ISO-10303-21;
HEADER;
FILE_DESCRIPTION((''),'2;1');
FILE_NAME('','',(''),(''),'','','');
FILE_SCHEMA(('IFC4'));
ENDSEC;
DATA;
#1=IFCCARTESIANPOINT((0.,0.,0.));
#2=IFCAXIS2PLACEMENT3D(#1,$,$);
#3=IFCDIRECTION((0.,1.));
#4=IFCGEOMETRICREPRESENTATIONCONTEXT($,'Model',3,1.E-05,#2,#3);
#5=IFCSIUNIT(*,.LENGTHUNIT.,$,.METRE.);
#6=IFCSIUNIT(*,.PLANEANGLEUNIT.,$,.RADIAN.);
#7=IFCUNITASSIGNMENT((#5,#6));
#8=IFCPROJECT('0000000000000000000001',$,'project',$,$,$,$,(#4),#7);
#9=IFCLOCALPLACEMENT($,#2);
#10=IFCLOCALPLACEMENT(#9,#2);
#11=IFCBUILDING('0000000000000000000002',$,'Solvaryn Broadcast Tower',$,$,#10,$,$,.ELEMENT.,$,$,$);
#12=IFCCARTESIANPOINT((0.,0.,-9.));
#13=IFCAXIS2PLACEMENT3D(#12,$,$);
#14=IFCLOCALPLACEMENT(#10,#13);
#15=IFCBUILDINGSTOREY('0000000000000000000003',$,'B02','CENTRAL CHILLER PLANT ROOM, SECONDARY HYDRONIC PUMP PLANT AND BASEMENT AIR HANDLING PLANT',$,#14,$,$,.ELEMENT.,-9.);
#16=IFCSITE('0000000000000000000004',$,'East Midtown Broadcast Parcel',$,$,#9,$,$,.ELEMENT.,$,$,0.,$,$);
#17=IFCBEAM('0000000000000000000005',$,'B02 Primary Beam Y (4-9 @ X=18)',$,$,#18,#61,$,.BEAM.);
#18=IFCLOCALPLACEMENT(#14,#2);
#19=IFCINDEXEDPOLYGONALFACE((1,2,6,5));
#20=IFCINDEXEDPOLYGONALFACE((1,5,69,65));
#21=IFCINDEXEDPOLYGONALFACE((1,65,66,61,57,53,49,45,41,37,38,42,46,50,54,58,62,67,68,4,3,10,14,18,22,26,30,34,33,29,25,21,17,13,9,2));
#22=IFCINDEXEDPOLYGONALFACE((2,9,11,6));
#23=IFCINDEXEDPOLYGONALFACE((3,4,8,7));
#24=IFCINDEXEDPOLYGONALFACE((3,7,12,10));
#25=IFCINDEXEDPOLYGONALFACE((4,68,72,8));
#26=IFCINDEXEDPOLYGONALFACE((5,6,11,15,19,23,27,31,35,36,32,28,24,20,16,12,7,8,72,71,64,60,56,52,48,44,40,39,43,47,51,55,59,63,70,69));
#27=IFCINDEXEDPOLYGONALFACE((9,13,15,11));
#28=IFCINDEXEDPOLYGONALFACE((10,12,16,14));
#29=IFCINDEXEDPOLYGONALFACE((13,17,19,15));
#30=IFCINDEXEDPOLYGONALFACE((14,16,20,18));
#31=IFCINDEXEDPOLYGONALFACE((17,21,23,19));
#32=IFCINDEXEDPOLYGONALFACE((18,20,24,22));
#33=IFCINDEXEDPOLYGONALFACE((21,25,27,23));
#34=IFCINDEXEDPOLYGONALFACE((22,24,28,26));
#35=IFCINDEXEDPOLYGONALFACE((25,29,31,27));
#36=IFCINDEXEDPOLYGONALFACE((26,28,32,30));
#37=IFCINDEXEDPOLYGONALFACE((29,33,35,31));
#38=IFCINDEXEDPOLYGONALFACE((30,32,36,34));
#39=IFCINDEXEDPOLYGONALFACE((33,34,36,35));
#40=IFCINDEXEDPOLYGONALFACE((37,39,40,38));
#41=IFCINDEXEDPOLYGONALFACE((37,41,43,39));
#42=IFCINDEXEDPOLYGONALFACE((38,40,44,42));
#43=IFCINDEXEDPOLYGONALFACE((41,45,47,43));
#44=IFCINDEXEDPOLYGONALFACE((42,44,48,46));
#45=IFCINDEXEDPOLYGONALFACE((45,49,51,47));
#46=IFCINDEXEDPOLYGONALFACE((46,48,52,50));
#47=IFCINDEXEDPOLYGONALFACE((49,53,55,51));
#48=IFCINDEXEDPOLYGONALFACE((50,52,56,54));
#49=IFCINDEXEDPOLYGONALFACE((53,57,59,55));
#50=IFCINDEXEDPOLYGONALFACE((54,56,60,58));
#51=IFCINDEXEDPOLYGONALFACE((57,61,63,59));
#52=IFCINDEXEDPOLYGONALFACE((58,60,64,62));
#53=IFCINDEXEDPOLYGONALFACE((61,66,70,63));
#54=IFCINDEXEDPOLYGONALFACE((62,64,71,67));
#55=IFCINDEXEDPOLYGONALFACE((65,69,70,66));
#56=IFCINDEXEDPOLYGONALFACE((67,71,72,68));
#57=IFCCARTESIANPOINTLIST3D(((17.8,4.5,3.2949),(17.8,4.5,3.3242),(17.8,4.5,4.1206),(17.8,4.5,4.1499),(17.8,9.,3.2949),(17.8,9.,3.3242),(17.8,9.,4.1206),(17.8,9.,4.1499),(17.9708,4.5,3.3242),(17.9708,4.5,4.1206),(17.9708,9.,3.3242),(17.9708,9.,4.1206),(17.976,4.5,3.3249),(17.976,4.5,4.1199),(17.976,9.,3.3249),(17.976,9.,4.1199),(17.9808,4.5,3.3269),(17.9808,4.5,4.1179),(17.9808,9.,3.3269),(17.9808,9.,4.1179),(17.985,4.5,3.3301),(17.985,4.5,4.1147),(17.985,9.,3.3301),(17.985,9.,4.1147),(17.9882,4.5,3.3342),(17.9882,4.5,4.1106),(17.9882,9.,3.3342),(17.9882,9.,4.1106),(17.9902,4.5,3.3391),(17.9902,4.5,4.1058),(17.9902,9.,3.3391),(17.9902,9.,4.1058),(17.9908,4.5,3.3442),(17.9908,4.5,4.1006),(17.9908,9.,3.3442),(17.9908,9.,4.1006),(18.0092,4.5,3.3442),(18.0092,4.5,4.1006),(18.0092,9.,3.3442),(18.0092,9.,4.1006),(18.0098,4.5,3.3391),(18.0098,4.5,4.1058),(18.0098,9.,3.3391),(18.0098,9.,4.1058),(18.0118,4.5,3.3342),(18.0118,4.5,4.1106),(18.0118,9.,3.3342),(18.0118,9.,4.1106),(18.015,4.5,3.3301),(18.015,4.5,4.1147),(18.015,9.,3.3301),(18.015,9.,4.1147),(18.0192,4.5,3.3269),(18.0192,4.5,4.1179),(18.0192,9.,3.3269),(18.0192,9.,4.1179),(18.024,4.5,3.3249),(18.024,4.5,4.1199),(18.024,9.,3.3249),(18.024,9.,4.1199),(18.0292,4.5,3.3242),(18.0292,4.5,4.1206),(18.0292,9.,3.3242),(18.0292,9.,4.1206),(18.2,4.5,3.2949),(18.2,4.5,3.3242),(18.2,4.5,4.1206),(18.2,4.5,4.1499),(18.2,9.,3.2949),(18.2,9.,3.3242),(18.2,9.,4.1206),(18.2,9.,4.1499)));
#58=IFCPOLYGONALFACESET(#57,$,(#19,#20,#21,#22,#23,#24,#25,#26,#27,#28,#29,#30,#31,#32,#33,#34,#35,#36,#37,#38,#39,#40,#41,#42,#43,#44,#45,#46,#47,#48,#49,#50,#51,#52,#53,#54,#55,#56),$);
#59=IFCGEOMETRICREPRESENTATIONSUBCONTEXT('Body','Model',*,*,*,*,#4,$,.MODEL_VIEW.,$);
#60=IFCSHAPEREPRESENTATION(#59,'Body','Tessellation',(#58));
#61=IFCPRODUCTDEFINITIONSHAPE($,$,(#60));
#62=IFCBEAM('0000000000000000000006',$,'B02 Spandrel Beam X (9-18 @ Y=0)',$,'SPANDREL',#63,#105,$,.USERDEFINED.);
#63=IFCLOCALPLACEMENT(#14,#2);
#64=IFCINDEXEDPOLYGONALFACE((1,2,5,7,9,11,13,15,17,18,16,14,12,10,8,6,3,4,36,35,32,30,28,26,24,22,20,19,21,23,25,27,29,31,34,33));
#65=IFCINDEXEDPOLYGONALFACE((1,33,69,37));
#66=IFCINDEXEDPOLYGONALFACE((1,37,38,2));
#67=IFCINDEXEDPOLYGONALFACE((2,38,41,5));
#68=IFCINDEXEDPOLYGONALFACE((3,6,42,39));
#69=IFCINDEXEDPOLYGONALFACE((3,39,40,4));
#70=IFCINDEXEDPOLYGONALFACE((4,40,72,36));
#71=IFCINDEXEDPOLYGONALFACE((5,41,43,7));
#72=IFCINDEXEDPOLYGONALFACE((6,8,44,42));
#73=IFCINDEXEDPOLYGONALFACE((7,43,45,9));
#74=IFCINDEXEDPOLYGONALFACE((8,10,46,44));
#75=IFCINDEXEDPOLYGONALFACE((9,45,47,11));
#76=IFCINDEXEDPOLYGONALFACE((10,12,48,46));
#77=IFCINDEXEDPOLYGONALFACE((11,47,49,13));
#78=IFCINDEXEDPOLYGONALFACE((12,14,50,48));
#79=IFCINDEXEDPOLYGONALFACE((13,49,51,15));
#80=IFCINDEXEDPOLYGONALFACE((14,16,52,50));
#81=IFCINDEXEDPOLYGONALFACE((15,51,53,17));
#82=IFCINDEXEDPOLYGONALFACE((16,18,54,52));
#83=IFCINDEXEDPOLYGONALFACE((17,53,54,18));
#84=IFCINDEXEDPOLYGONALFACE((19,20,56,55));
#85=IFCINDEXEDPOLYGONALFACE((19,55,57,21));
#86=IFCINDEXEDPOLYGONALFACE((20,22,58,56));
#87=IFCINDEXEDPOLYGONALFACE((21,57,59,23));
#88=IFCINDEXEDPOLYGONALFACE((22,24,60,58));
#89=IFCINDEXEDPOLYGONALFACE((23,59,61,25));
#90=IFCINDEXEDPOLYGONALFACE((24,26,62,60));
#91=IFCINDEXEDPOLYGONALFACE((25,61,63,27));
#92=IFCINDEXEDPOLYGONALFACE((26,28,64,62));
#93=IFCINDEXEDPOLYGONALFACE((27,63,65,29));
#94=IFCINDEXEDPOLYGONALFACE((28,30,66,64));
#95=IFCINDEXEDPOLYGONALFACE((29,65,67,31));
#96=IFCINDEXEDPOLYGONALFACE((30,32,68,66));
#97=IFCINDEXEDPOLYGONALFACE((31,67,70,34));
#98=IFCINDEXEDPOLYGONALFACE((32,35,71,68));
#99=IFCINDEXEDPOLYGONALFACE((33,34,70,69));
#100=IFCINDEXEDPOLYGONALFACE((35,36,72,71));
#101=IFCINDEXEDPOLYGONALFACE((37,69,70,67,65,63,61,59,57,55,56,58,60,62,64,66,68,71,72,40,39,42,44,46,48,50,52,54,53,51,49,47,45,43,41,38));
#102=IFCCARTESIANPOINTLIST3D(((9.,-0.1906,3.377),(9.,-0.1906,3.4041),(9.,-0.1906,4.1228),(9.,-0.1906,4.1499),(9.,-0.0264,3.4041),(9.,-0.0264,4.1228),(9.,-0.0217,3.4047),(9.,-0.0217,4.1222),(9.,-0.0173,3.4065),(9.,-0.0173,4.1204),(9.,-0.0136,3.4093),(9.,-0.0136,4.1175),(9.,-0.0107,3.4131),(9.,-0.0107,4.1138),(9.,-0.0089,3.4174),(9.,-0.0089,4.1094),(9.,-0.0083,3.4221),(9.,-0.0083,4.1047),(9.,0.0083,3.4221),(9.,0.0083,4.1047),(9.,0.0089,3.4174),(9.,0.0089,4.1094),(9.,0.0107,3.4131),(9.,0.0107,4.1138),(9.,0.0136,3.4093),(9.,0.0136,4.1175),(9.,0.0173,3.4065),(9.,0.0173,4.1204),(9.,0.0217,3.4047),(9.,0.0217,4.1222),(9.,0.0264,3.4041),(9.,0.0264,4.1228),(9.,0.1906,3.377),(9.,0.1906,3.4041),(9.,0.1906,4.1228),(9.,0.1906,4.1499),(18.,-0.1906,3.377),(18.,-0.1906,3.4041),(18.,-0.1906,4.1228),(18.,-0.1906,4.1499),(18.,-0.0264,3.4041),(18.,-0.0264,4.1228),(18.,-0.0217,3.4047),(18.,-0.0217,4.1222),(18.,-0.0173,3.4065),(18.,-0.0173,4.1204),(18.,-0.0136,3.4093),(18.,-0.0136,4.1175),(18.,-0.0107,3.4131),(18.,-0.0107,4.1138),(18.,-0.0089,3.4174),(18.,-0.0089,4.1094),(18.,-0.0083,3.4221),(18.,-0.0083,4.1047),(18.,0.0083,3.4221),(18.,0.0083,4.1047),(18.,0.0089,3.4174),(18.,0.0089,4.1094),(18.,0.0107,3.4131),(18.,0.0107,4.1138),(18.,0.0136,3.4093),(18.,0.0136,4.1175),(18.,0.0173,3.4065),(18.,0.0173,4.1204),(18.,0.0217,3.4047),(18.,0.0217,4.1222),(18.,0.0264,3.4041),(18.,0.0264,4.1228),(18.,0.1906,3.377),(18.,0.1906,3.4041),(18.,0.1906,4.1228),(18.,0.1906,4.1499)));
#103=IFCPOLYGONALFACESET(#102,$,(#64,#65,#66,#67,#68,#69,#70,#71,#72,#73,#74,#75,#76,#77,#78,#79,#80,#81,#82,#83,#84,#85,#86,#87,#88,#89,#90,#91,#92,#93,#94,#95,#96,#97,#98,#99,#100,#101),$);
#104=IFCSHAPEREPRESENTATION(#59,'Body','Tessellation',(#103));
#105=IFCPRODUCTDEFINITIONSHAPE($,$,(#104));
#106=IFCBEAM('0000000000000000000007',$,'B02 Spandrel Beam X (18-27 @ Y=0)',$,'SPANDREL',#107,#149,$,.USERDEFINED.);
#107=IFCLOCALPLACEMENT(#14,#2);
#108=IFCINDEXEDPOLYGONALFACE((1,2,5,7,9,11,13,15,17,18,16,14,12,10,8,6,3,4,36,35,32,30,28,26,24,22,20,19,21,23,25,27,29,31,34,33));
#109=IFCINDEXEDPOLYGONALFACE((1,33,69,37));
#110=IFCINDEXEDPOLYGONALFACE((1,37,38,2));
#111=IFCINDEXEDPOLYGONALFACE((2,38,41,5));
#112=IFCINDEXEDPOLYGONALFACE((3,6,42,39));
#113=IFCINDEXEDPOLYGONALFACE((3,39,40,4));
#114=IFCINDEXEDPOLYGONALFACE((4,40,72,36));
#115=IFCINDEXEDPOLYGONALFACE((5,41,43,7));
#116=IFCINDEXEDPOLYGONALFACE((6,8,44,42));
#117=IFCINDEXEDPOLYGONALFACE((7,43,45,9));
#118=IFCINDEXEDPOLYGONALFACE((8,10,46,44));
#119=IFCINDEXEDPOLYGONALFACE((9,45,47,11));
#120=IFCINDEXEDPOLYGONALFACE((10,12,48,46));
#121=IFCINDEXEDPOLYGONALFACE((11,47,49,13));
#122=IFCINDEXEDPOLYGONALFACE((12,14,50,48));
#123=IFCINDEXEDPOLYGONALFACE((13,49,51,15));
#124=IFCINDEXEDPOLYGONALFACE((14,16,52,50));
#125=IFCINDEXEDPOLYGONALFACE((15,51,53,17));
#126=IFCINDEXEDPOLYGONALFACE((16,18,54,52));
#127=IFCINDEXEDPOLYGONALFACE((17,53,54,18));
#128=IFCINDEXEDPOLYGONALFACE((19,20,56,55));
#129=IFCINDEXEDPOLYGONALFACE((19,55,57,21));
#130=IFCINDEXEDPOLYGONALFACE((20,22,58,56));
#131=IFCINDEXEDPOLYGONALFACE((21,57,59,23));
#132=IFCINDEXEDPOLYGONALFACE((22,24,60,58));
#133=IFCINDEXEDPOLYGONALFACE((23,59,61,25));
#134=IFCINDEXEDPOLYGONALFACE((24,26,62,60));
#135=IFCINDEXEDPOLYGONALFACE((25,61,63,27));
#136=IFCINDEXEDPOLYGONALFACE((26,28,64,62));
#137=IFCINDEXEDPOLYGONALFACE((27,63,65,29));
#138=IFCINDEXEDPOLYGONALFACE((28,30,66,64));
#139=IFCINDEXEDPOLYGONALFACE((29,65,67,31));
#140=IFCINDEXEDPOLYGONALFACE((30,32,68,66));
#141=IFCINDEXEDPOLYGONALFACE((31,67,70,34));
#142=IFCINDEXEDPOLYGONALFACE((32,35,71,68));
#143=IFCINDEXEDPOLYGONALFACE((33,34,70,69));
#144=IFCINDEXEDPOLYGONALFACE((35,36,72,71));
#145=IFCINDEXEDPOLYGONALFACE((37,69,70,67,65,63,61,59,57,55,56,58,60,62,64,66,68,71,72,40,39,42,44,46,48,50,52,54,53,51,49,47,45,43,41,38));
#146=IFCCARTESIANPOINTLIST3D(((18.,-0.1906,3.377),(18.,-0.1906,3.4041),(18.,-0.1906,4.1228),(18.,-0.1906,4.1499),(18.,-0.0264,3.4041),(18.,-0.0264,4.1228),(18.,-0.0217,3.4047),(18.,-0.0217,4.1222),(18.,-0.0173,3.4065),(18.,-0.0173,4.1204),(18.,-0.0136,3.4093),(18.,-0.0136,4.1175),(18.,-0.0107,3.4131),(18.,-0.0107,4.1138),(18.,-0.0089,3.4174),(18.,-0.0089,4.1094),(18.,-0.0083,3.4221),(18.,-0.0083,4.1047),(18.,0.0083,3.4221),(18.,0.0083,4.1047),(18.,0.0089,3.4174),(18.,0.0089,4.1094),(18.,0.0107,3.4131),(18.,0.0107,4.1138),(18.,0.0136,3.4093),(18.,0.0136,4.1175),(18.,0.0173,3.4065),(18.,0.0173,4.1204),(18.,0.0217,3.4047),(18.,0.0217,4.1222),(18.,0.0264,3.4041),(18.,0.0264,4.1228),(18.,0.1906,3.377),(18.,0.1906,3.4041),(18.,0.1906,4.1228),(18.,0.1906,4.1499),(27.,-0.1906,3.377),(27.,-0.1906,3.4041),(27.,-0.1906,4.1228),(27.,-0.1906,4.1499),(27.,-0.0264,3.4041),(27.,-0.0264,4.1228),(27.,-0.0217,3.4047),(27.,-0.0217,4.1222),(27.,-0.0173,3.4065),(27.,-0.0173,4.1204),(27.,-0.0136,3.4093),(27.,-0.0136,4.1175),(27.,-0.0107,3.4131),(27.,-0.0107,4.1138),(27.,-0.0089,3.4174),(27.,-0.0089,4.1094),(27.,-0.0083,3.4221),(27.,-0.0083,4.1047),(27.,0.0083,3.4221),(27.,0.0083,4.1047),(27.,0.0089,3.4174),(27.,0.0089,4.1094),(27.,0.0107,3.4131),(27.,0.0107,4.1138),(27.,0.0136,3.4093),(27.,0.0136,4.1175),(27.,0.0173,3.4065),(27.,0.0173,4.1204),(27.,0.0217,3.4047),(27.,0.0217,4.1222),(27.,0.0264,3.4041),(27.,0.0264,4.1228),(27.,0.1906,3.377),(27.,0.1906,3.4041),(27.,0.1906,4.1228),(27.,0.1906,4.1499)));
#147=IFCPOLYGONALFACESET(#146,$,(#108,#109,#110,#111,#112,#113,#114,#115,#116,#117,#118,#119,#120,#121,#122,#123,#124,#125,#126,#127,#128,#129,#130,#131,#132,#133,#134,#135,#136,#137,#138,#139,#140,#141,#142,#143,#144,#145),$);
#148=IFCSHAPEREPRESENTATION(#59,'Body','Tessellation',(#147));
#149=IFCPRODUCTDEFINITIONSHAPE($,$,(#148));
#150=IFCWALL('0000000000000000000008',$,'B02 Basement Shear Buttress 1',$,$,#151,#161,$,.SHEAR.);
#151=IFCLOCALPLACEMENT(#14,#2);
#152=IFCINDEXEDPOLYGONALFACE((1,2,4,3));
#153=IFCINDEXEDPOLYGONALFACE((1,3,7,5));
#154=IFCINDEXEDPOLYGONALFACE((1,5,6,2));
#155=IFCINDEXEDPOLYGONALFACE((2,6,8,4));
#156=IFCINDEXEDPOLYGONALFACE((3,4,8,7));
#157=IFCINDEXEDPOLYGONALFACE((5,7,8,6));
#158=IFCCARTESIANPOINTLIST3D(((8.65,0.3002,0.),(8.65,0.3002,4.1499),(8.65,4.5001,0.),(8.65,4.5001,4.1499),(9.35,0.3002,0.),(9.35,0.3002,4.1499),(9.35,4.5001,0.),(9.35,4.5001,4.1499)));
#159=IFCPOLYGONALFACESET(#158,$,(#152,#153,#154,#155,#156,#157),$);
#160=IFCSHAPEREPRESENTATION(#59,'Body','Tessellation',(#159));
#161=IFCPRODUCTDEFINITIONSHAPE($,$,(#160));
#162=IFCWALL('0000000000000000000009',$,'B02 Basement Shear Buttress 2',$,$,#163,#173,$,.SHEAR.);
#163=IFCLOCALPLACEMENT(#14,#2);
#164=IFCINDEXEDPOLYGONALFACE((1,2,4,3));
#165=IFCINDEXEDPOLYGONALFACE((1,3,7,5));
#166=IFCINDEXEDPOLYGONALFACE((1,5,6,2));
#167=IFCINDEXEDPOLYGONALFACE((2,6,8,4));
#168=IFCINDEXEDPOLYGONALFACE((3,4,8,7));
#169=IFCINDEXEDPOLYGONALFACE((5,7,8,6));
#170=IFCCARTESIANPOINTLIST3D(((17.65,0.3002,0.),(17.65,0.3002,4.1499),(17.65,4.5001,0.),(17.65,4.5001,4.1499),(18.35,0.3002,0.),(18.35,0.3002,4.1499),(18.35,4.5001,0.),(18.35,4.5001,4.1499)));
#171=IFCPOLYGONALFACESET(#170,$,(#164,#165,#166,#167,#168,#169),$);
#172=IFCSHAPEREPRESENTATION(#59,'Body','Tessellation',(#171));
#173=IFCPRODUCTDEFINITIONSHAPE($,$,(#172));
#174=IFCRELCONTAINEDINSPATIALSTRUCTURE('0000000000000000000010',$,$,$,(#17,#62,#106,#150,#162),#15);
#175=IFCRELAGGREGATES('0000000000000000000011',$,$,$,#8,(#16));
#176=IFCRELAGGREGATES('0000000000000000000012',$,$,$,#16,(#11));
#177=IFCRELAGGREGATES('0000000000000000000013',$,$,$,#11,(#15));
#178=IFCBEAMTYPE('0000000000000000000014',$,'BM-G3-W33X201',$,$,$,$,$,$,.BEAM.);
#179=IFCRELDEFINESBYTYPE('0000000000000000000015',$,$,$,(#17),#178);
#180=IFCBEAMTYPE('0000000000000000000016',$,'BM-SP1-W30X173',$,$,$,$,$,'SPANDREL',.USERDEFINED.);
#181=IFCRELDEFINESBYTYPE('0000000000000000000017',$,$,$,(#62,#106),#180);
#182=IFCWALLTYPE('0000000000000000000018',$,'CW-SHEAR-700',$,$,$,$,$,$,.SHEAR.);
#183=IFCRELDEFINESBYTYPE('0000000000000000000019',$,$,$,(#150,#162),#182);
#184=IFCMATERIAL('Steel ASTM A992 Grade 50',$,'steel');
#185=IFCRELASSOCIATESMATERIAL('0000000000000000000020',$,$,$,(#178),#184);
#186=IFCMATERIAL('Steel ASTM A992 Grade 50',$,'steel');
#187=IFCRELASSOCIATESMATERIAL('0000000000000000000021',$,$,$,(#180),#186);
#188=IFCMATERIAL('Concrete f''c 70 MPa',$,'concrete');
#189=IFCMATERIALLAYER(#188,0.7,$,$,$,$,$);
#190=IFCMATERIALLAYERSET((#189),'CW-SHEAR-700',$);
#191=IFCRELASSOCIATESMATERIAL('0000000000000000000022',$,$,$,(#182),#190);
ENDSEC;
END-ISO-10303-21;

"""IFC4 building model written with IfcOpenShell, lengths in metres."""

from ifc_helpers import new_model, si_unit, direction, frame, frame_2d, origin, origin_2d, place, context, subcontext, project, spatial, rectangle, i_section, extrude, material, layer, layer_set, material_profile, profile_set, type_object, element, save


model = new_model("IFC4")

# Units and contexts
model_context = context("Model", 3, precision=1e-05, world=origin(), true_north=direction((0.0, 1.0)))
body_context = subcontext(model_context, "Body", "Model", "MODEL_VIEW")
ifc_project = project(units=[si_unit("LENGTHUNIT", "METRE"), si_unit("PLANEANGLEUNIT", "RADIAN")], contexts=[model_context])

# Site, building, storey
site_placement = place(None, origin())
site = spatial("IfcSite", under=ifc_project, at=site_placement, Name="East Midtown Broadcast Parcel", CompositionType="ELEMENT", RefElevation=0.0)
building_placement = place(site_placement, origin())
building = spatial("IfcBuilding", under=site, at=building_placement, Name="Solvaryn Broadcast Tower", CompositionType="ELEMENT")
storey_placement = place(building_placement, frame((0.0, 0.0, -9.0)))
storey = spatial("IfcBuildingStorey", under=building, at=storey_placement, Name="B02", Description="CENTRAL CHILLER PLANT ROOM, SECONDARY HYDRONIC PUMP PLANT AND BASEMENT AIR HANDLING PLANT", CompositionType="ELEMENT", Elevation=-9.0)

# Beams
ifc_material_1 = material(Name="Steel ASTM A992 Grade 50", Category="steel")
ifc_material_profile_1 = material_profile(ifc_material_1, i_section(OverallWidth=0.3999, OverallDepth=0.855, WebThickness=0.0183, FlangeThickness=0.0293, FilletRadius=0.02, at=origin_2d()))
ifc_profile_set_1 = profile_set([ifc_material_profile_1], Name="Steel ASTM A992 Grade 50")
beam_type_1 = type_object("IfcBeamType", Name="BM-G3-W33X201", PredefinedType="BEAM", material=ifc_profile_set_1)
for number, where, z_axis, x_axis, name in (
    (1, (18.0, 4.5, 3.7224), (0.0, 1.0, 0.0), (-1.0, 0.0, 0.0), "B02 Primary Beam Y (4-9 @ X=18)"),
):
    element("IfcBeam", number, at=place(storey_placement, frame(where, z_axis=z_axis, x_axis=x_axis)), inside=storey, type_object=beam_type_1, Name=name, PredefinedType="BEAM", context=body_context, shape_type="SweptSolid", body=[
        extrude(i_section(OverallWidth=0.3999, OverallDepth=0.855, WebThickness=0.0183, FlangeThickness=0.0293, FilletRadius=0.02, at=origin_2d()), origin(), (0.0, 0.0, 1.0), 4.5),
    ])
ifc_material_2 = material(Name="Steel ASTM A992 Grade 50", Category="steel")
ifc_material_profile_2 = material_profile(ifc_material_2, i_section(OverallWidth=0.3811, OverallDepth=0.7729, WebThickness=0.0166, FlangeThickness=0.0271, FilletRadius=0.0181, at=origin_2d()))
ifc_profile_set_2 = profile_set([ifc_material_profile_2], Name="Steel ASTM A992 Grade 50")
beam_type_2 = type_object("IfcBeamType", Name="BM-SP1-W30X173", ElementType="SPANDREL", PredefinedType="USERDEFINED", material=ifc_profile_set_2)
for number, where, z_axis, x_axis, name in (
    (2, (9.0, 0.0, 3.7634), (1.0, 0.0, 0.0), (0.0, 1.0, 0.0), "B02 Spandrel Beam X (9-18 @ Y=0)"),
    (3, (18.0, 0.0, 3.7634), (1.0, 0.0, 0.0), (0.0, 1.0, 0.0), "B02 Spandrel Beam X (18-27 @ Y=0)"),
):
    element("IfcBeam", number, at=place(storey_placement, frame(where, z_axis=z_axis, x_axis=x_axis)), inside=storey, type_object=beam_type_2, Name=name, ObjectType="SPANDREL", PredefinedType="USERDEFINED", context=body_context, shape_type="SweptSolid", body=[
        extrude(i_section(OverallWidth=0.3811, OverallDepth=0.7729, WebThickness=0.0166, FlangeThickness=0.0271, FilletRadius=0.0181, at=origin_2d()), origin(), (0.0, 0.0, 1.0), 9.0),
    ])

# Walls
ifc_material_3 = material(Name="Concrete f'c 70 MPa", Category="concrete")
ifc_layer_1 = layer(ifc_material_3, 0.7)
ifc_layer_set_1 = layer_set([ifc_layer_1], Name="CW-SHEAR-700")
wall_type_1 = type_object("IfcWallType", Name="CW-SHEAR-700", PredefinedType="SHEAR", material=ifc_layer_set_1)
for number, where, z_axis, x_axis, name in (
    (4, (9.0, 0.3, 0.0), (0.0, 0.0, 1.0), (0.0, 1.0, 0.0), "B02 Basement Shear Buttress 1"),
    (5, (18.0, 0.3, 0.0), (0.0, 0.0, 1.0), (0.0, 1.0, 0.0), "B02 Basement Shear Buttress 2"),
):
    element("IfcWall", number, at=place(storey_placement, frame(where, z_axis=z_axis, x_axis=x_axis)), inside=storey, type_object=wall_type_1, Name=name, PredefinedType="SHEAR", context=body_context, shape_type="SweptSolid", body=[
        extrude(rectangle(XDim=4.2, YDim=0.7, at=frame_2d((2.1001, 0.0))), origin(), (0.0, 0.0, 1.0), 4.1499),
    ])

save(model, "model.ifc")
